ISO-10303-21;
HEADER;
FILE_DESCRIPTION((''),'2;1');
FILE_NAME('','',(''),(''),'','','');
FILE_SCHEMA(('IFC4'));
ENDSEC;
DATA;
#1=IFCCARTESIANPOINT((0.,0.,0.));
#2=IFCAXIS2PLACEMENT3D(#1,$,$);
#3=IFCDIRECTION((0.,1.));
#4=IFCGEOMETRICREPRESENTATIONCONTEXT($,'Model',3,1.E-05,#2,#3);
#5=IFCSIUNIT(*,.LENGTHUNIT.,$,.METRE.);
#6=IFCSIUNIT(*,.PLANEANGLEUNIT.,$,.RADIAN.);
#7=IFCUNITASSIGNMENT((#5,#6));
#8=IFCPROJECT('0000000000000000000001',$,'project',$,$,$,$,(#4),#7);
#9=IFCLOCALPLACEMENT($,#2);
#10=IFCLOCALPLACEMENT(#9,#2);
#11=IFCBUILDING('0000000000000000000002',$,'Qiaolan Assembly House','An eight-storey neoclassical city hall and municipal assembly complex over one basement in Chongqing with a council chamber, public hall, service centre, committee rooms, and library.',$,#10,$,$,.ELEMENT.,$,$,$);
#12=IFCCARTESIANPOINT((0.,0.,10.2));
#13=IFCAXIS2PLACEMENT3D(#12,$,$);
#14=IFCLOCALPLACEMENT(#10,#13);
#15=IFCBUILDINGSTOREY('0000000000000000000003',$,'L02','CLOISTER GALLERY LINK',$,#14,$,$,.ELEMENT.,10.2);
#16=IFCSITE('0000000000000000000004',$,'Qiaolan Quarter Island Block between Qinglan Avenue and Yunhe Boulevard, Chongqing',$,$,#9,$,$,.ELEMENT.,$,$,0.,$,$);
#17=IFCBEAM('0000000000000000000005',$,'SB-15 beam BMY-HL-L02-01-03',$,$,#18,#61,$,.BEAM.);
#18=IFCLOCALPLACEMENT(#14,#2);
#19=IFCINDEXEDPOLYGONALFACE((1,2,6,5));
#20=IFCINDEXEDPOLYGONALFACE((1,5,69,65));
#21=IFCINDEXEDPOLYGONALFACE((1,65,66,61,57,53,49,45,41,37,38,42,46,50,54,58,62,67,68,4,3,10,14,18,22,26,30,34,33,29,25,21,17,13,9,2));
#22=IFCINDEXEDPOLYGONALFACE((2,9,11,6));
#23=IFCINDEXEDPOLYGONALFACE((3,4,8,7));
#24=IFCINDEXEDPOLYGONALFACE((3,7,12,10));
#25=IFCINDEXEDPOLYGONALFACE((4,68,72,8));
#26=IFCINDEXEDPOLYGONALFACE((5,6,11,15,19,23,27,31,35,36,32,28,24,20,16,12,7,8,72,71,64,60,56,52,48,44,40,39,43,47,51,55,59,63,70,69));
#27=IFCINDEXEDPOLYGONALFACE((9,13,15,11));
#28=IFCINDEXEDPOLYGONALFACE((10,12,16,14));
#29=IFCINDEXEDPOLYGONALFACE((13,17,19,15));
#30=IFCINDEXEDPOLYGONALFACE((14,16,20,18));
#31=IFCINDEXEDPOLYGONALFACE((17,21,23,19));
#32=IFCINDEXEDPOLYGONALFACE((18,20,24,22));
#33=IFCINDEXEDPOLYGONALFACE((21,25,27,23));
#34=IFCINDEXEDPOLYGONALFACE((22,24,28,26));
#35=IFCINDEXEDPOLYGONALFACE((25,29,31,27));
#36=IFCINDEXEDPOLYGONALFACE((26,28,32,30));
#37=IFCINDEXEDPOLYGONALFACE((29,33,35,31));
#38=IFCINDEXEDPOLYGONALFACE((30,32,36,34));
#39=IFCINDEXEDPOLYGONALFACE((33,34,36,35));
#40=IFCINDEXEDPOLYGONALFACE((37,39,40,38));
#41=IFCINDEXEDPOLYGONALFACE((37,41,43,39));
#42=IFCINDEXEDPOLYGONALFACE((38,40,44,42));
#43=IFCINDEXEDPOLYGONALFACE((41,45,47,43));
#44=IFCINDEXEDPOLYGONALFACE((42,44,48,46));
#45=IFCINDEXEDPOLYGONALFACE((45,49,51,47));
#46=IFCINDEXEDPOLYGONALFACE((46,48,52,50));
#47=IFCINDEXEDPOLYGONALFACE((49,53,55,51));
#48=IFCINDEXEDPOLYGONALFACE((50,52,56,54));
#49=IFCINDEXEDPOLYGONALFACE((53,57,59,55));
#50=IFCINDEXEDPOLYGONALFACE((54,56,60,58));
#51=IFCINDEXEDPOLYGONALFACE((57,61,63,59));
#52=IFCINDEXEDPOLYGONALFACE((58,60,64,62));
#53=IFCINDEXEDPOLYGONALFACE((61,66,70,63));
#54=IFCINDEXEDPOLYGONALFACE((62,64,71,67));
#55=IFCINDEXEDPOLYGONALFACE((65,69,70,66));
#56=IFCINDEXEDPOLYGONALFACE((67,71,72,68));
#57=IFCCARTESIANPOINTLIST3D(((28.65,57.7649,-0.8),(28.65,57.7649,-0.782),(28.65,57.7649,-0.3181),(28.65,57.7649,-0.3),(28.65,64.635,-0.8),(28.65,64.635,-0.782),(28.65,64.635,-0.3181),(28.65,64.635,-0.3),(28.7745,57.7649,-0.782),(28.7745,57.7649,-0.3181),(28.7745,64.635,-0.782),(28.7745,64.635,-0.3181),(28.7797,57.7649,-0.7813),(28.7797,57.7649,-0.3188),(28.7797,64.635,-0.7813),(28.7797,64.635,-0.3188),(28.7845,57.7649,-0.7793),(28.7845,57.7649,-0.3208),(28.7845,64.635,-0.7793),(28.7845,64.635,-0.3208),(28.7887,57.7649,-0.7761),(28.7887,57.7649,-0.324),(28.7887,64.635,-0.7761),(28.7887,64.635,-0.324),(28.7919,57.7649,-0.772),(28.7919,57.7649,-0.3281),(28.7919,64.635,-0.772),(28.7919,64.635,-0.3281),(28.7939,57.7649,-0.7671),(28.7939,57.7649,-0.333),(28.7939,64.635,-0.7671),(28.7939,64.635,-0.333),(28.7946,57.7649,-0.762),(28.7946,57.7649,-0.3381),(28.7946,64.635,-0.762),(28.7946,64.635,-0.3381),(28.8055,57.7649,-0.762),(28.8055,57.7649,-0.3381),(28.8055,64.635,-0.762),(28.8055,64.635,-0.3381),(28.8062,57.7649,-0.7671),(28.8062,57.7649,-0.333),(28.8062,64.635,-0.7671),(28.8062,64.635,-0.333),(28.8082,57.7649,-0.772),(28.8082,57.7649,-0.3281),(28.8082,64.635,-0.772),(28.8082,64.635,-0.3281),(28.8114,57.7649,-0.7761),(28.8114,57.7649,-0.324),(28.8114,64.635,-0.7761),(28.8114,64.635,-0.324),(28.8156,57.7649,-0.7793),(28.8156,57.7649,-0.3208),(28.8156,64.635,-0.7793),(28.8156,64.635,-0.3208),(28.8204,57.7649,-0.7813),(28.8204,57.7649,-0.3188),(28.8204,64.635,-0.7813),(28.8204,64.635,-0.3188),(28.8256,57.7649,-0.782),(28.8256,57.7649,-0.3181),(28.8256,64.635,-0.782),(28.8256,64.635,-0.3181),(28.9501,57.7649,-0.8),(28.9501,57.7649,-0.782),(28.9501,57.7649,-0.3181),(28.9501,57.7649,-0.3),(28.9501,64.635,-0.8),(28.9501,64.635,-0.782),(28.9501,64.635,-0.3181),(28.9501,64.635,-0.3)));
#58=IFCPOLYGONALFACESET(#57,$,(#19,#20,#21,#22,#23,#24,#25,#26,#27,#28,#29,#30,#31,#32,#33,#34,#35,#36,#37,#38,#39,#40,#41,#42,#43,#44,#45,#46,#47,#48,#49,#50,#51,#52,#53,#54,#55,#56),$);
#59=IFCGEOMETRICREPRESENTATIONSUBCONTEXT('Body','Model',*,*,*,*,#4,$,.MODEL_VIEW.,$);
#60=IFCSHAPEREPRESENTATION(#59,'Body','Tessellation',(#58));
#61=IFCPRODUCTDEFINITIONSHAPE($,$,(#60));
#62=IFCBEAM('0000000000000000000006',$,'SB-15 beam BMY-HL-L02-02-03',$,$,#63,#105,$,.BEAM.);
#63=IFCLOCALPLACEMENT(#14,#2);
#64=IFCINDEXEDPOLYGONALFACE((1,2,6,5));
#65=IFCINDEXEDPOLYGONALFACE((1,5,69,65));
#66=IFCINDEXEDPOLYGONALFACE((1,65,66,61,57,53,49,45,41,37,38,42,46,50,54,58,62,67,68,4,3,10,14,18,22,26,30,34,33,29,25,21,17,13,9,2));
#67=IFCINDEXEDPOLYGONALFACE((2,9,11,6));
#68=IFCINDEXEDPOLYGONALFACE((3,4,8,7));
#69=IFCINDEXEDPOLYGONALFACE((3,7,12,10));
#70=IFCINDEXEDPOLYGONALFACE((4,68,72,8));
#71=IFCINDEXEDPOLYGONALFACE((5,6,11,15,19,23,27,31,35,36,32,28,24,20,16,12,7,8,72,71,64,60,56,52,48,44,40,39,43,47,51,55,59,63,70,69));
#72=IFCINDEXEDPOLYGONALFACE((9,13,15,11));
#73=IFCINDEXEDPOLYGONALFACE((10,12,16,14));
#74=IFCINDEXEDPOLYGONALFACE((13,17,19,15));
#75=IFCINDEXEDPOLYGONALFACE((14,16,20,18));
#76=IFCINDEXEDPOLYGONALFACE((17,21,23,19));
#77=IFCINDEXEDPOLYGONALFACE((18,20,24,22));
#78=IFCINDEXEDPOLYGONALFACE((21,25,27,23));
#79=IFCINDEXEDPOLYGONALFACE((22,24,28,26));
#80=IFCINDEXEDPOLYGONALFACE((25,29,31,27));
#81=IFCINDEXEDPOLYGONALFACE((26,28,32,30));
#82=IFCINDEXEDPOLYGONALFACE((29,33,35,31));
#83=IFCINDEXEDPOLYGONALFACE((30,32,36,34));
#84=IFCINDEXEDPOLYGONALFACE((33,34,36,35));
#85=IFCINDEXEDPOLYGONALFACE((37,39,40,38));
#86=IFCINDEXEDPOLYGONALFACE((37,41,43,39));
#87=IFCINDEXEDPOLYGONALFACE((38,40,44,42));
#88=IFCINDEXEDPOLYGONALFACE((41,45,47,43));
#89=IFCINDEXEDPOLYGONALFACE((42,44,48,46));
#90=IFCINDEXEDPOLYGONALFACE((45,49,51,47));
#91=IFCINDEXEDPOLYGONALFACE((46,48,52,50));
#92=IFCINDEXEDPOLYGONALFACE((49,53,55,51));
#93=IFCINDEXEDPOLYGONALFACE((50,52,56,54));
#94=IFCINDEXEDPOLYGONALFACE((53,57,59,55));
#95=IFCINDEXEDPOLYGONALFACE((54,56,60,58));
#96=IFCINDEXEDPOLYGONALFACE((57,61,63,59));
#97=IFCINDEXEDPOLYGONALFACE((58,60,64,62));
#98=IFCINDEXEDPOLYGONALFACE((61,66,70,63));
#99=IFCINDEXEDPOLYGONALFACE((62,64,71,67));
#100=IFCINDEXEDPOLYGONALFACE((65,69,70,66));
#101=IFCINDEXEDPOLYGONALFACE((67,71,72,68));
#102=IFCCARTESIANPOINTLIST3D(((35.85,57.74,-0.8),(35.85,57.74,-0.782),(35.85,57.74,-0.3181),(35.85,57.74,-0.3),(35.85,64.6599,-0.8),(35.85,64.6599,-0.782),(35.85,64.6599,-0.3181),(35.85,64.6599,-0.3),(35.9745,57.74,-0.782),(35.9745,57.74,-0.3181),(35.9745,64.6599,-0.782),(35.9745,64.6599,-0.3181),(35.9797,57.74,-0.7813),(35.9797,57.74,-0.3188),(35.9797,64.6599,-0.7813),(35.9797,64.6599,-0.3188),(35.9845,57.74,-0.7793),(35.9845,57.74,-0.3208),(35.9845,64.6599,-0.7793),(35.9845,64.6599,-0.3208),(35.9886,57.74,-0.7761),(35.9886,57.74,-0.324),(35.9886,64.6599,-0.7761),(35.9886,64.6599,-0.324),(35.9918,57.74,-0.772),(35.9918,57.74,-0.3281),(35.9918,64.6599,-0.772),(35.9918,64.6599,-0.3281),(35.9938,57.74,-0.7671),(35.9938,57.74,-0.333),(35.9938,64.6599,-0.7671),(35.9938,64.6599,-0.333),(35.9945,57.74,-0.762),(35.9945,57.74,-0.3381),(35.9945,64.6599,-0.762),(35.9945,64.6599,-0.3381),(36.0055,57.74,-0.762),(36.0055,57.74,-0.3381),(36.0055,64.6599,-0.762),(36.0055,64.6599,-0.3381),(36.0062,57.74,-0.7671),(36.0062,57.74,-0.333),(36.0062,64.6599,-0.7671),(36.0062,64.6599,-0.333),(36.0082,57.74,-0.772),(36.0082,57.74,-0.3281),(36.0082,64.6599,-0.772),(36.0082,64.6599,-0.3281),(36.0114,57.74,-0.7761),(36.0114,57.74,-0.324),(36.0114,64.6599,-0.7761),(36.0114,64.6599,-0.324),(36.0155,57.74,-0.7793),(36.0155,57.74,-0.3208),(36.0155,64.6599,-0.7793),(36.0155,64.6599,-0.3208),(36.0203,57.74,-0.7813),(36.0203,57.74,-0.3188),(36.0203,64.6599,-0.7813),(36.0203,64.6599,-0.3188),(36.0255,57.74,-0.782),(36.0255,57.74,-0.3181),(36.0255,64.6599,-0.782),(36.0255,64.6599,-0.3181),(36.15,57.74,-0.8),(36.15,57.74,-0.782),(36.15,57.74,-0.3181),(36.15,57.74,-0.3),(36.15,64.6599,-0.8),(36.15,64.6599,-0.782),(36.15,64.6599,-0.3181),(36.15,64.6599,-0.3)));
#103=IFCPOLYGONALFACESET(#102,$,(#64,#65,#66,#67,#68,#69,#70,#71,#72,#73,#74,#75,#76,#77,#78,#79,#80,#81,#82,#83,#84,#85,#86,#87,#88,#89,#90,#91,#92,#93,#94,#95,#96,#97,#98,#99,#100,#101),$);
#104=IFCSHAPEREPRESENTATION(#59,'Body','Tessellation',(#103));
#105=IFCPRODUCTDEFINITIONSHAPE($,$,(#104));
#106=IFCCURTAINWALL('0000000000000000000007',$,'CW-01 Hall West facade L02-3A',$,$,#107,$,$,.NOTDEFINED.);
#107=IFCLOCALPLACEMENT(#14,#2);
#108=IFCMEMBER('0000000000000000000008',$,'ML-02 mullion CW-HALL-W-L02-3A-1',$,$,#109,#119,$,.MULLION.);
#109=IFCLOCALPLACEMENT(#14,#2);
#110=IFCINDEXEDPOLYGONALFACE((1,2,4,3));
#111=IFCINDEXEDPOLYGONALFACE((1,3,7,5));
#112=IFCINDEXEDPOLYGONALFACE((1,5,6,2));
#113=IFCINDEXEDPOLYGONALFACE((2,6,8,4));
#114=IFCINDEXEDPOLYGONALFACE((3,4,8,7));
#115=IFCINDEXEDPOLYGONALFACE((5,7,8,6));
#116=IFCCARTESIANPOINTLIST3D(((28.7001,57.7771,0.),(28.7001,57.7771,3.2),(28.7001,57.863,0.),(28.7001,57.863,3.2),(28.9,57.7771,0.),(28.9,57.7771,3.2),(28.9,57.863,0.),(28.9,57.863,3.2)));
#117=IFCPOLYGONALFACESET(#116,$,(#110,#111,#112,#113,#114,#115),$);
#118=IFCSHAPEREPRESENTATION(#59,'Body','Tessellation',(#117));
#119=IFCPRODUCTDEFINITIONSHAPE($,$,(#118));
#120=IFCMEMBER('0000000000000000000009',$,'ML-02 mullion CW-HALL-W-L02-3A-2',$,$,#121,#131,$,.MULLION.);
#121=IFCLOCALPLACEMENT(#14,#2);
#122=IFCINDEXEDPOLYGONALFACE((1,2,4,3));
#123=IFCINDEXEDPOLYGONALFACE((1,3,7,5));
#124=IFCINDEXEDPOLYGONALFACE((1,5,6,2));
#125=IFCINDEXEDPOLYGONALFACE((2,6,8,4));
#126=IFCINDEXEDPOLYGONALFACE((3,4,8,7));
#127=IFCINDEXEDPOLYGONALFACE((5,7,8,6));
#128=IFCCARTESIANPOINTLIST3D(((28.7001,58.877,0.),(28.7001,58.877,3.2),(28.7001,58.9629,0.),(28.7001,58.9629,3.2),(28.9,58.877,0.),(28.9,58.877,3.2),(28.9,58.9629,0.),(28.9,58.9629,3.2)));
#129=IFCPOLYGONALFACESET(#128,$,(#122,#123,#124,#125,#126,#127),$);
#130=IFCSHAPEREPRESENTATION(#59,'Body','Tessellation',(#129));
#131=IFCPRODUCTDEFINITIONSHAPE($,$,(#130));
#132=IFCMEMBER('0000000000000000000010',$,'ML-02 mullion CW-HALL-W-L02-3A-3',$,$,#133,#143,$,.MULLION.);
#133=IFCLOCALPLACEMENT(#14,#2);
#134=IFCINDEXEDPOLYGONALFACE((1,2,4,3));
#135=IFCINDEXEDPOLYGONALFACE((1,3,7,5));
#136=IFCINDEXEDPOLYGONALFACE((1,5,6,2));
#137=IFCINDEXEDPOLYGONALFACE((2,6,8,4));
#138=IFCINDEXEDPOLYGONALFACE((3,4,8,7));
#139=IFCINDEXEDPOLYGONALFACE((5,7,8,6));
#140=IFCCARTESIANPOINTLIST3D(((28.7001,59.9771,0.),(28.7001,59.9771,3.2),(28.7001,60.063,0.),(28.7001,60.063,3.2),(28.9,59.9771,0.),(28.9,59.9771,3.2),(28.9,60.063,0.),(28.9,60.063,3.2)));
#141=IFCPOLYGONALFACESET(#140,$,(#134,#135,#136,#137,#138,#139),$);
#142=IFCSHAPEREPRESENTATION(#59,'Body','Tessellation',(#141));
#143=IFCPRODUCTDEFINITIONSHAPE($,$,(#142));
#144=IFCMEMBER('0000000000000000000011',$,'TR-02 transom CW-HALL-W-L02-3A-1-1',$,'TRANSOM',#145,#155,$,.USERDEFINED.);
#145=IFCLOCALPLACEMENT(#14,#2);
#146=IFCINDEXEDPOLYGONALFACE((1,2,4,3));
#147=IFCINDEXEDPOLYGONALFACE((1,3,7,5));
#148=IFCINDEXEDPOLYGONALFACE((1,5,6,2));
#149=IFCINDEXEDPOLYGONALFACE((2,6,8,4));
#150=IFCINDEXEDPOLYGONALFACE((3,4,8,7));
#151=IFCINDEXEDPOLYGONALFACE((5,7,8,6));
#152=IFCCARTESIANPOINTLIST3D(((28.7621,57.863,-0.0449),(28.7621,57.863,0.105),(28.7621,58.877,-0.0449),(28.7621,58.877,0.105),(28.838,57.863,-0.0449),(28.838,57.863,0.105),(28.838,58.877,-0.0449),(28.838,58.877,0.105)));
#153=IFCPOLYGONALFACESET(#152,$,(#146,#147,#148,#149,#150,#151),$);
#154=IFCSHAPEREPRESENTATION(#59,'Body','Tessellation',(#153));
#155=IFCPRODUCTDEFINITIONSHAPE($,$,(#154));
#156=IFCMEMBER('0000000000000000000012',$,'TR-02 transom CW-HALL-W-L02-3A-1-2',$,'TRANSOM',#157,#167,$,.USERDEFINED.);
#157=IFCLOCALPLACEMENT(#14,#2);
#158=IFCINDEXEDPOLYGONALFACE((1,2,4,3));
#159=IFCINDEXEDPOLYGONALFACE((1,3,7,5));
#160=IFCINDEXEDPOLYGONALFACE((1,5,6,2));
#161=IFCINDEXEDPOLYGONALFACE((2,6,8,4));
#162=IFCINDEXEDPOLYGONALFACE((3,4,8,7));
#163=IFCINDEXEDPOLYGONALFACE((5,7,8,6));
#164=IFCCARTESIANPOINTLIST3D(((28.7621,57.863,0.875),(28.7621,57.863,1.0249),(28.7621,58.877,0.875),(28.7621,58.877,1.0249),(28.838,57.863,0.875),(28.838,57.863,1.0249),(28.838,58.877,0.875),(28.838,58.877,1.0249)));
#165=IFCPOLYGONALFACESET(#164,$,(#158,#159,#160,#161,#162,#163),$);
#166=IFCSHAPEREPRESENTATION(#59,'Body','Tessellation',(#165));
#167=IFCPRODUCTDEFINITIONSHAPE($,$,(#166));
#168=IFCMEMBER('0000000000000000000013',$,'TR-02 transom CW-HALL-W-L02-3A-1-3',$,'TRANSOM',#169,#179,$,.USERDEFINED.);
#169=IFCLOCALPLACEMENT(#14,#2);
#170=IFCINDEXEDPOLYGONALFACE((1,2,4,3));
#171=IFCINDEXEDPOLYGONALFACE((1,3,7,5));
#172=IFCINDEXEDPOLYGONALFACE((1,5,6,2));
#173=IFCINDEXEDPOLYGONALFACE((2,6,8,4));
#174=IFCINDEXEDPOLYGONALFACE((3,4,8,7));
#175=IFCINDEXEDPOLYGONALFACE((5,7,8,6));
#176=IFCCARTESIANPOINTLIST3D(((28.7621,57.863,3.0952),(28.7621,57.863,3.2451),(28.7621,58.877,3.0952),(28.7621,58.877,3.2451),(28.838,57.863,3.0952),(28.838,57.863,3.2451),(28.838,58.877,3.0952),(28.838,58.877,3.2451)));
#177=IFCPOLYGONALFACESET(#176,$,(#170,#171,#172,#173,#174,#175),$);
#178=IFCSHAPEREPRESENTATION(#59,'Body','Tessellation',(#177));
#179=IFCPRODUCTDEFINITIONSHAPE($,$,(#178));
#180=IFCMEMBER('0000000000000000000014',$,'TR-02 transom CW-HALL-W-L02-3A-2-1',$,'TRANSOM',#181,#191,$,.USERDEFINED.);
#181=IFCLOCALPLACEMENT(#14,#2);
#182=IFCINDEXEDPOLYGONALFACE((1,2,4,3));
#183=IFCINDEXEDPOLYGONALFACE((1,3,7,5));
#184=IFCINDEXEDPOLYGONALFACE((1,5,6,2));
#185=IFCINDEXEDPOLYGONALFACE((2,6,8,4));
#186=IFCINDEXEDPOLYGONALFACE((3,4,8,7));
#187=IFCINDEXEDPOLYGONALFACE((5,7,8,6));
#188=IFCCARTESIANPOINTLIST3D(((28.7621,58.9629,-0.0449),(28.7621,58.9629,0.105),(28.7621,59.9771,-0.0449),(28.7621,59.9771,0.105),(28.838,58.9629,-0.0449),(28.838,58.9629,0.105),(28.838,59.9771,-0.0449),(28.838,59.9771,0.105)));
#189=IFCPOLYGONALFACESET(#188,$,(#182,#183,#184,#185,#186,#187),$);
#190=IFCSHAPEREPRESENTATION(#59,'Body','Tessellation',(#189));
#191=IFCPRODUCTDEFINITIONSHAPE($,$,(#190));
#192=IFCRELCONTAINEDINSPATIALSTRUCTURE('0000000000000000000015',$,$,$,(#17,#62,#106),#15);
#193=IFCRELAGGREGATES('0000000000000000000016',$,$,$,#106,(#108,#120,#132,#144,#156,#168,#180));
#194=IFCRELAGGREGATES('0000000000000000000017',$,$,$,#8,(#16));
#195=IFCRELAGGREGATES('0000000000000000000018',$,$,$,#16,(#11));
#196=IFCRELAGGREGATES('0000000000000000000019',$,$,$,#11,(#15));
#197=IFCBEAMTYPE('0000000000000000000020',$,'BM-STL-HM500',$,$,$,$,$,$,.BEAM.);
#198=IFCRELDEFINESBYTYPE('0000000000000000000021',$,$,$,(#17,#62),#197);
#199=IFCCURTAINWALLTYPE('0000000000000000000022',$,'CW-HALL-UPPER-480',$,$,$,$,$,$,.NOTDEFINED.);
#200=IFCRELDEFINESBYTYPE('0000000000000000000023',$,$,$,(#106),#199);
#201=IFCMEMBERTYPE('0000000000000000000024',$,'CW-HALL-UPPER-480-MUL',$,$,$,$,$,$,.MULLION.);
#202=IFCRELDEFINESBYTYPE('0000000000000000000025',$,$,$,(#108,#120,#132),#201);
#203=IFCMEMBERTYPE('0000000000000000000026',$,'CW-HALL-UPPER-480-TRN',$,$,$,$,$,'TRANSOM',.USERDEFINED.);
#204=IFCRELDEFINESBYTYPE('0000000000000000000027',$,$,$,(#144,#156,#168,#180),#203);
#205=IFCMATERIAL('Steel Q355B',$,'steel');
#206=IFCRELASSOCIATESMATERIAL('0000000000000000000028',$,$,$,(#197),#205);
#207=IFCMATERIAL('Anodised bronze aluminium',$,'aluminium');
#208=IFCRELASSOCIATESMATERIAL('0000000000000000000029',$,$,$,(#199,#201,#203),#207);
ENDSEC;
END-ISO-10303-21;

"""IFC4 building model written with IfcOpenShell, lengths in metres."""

from ifc_helpers import new_model, si_unit, direction, frame, origin, origin_2d, place, context, subcontext, project, spatial, rectangle, i_section, extrude, material, material_profile, profile_set, type_object, element, aggregate, save


model = new_model("IFC4")

# Units and contexts
model_context = context("Model", 3, precision=1e-05, world=origin(), true_north=direction((0.0, 1.0)))
body_context = subcontext(model_context, "Body", "Model", "MODEL_VIEW")
ifc_project = project(units=[si_unit("LENGTHUNIT", "METRE"), si_unit("PLANEANGLEUNIT", "RADIAN")], contexts=[model_context])

# Site, building, storey
site_placement = place(None, origin())
site = spatial("IfcSite", under=ifc_project, at=site_placement, Name="Qiaolan Quarter Island Block between Qinglan Avenue and Yunhe Boulevard, Chongqing", CompositionType="ELEMENT", RefElevation=0.0)
building_placement = place(site_placement, origin())
building = spatial("IfcBuilding", under=site, at=building_placement, Name="Qiaolan Assembly House", Description="An eight-storey neoclassical city hall and municipal assembly complex over one basement in Chongqing with a council chamber, public hall, service centre, committee rooms, and library.", CompositionType="ELEMENT")
storey_placement = place(building_placement, frame((0.0, 0.0, 10.2)))
storey = spatial("IfcBuildingStorey", under=building, at=storey_placement, Name="L02", Description="CLOISTER GALLERY LINK", CompositionType="ELEMENT", Elevation=10.2)

# Beams
ifc_material_1 = material(Name="Steel Q355B", Category="steel")
ifc_material_profile_1 = material_profile(ifc_material_1, i_section(OverallWidth=0.3, OverallDepth=0.5, WebThickness=0.011, FlangeThickness=0.0181, FilletRadius=0.02, at=origin_2d()), Name="HM 500x300x11x18")
ifc_profile_set_1 = profile_set([ifc_material_profile_1], Name="Steel Q355B")
beam_type_1 = type_object("IfcBeamType", Name="BM-STL-HM500", PredefinedType="BEAM", material=ifc_profile_set_1)
beam_1_placement = place(storey_placement, frame((28.8, 57.7649, -0.55), z_axis=(0.0, 1.0, 0.0), x_axis=(-1.0, 0.0, 0.0)))
element("IfcBeam", 1, at=beam_1_placement, inside=storey, type_object=beam_type_1, Name="SB-15 beam BMY-HL-L02-01-03", PredefinedType="BEAM", context=body_context, shape_type="SweptSolid", body=[
    extrude(i_section(OverallWidth=0.3, OverallDepth=0.5, WebThickness=0.011, FlangeThickness=0.0181, FilletRadius=0.02, at=origin_2d()), origin(), (0.0, 0.0, 1.0), 6.8701),
])
beam_2_placement = place(storey_placement, frame((36.0, 57.74, -0.55), z_axis=(0.0, 1.0, 0.0), x_axis=(-1.0, 0.0, 0.0)))
element("IfcBeam", 2, at=beam_2_placement, inside=storey, type_object=beam_type_1, Name="SB-15 beam BMY-HL-L02-02-03", PredefinedType="BEAM", context=body_context, shape_type="SweptSolid", body=[
    extrude(i_section(OverallWidth=0.3, OverallDepth=0.5, WebThickness=0.011, FlangeThickness=0.0181, FilletRadius=0.02, at=origin_2d()), origin(), (0.0, 0.0, 1.0), 6.9199),
])

# Curtain wall, members
ifc_material_2 = material(Name="Anodised bronze aluminium", Category="aluminium")
curtain_wall_type = type_object("IfcCurtainWallType", Name="CW-HALL-UPPER-480", PredefinedType="NOTDEFINED", material=ifc_material_2)
curtain_wall_placement = place(storey_placement, origin())
curtain_wall = element("IfcCurtainWall", 3, at=curtain_wall_placement, inside=storey, type_object=curtain_wall_type, Name="CW-01 Hall West facade L02-3A", PredefinedType="NOTDEFINED")
ifc_material_profile_2 = material_profile(ifc_material_2, rectangle(XDim=0.0859, YDim=0.2, at=origin_2d()), Name="MUL 86x200")
ifc_profile_set_2 = profile_set([ifc_material_profile_2], Name="Anodised bronze aluminium")
member_type_1 = type_object("IfcMemberType", Name="CW-HALL-UPPER-480-MUL", PredefinedType="MULLION", material=ifc_profile_set_2)
member_1_placement = place(storey_placement, frame((28.8, 57.8201, 0.0), z_axis=(0.0, 0.0, 1.0), x_axis=(0.0, 1.0, 0.0)))
member_1 = element("IfcMember", 4, at=member_1_placement, type_object=member_type_1, Name="ML-02 mullion CW-HALL-W-L02-3A-1", PredefinedType="MULLION", context=body_context, shape_type="SweptSolid", body=[
    extrude(rectangle(XDim=0.0859, YDim=0.2, at=origin_2d()), origin(), (0.0, 0.0, 1.0), 3.2),
])
member_2_placement = place(storey_placement, frame((28.8, 58.9199, 0.0), z_axis=(0.0, 0.0, 1.0), x_axis=(0.0, 1.0, 0.0)))
member_2 = element("IfcMember", 5, at=member_2_placement, type_object=member_type_1, Name="ML-02 mullion CW-HALL-W-L02-3A-2", PredefinedType="MULLION", context=body_context, shape_type="SweptSolid", body=[
    extrude(rectangle(XDim=0.0859, YDim=0.2, at=origin_2d()), origin(), (0.0, 0.0, 1.0), 3.2),
])
member_3_placement = place(storey_placement, frame((28.8, 60.02, 0.0), z_axis=(0.0, 0.0, 1.0), x_axis=(0.0, 1.0, 0.0)))
member_3 = element("IfcMember", 6, at=member_3_placement, type_object=member_type_1, Name="ML-02 mullion CW-HALL-W-L02-3A-3", PredefinedType="MULLION", context=body_context, shape_type="SweptSolid", body=[
    extrude(rectangle(XDim=0.0859, YDim=0.2, at=origin_2d()), origin(), (0.0, 0.0, 1.0), 3.2),
])
ifc_material_profile_3 = material_profile(ifc_material_2, rectangle(XDim=0.0759, YDim=0.1499, at=origin_2d()), Name="TRN 76x150")
ifc_profile_set_3 = profile_set([ifc_material_profile_3], Name="Anodised bronze aluminium")
member_type_2 = type_object("IfcMemberType", Name="CW-HALL-UPPER-480-TRN", ElementType="TRANSOM", PredefinedType="USERDEFINED", material=ifc_profile_set_3)
member_4_placement = place(storey_placement, frame((28.8, 57.863, 0.03), z_axis=(0.0, 1.0, 0.0), x_axis=(-1.0, 0.0, 0.0)))
member_4 = element("IfcMember", 7, at=member_4_placement, type_object=member_type_2, Name="TR-02 transom CW-HALL-W-L02-3A-1-1", ObjectType="TRANSOM", PredefinedType="USERDEFINED", context=body_context, shape_type="SweptSolid", body=[
    extrude(rectangle(XDim=0.0759, YDim=0.1499, at=origin_2d()), origin(), (0.0, 0.0, 1.0), 1.0139),
])
member_5_placement = place(storey_placement, frame((28.8, 57.863, 0.95), z_axis=(0.0, 1.0, 0.0), x_axis=(-1.0, 0.0, 0.0)))
member_5 = element("IfcMember", 8, at=member_5_placement, type_object=member_type_2, Name="TR-02 transom CW-HALL-W-L02-3A-1-2", ObjectType="TRANSOM", PredefinedType="USERDEFINED", context=body_context, shape_type="SweptSolid", body=[
    extrude(rectangle(XDim=0.0759, YDim=0.1499, at=origin_2d()), origin(), (0.0, 0.0, 1.0), 1.0139),
])
member_6_placement = place(storey_placement, frame((28.8, 57.863, 3.1702), z_axis=(0.0, 1.0, 0.0), x_axis=(-1.0, 0.0, 0.0)))
member_6 = element("IfcMember", 9, at=member_6_placement, type_object=member_type_2, Name="TR-02 transom CW-HALL-W-L02-3A-1-3", ObjectType="TRANSOM", PredefinedType="USERDEFINED", context=body_context, shape_type="SweptSolid", body=[
    extrude(rectangle(XDim=0.0759, YDim=0.1499, at=origin_2d()), origin(), (0.0, 0.0, 1.0), 1.0139),
])
member_7_placement = place(storey_placement, frame((28.8, 58.9629, 0.03), z_axis=(0.0, 1.0, 0.0), x_axis=(-1.0, 0.0, 0.0)))
member_7 = element("IfcMember", 10, at=member_7_placement, type_object=member_type_2, Name="TR-02 transom CW-HALL-W-L02-3A-2-1", ObjectType="TRANSOM", PredefinedType="USERDEFINED", context=body_context, shape_type="SweptSolid", body=[
    extrude(rectangle(XDim=0.0759, YDim=0.1499, at=origin_2d()), origin(), (0.0, 0.0, 1.0), 1.0142),
])

aggregate(curtain_wall, [member_1, member_2, member_3, member_4, member_5, member_6, member_7])

save(model, "model.ifc")
